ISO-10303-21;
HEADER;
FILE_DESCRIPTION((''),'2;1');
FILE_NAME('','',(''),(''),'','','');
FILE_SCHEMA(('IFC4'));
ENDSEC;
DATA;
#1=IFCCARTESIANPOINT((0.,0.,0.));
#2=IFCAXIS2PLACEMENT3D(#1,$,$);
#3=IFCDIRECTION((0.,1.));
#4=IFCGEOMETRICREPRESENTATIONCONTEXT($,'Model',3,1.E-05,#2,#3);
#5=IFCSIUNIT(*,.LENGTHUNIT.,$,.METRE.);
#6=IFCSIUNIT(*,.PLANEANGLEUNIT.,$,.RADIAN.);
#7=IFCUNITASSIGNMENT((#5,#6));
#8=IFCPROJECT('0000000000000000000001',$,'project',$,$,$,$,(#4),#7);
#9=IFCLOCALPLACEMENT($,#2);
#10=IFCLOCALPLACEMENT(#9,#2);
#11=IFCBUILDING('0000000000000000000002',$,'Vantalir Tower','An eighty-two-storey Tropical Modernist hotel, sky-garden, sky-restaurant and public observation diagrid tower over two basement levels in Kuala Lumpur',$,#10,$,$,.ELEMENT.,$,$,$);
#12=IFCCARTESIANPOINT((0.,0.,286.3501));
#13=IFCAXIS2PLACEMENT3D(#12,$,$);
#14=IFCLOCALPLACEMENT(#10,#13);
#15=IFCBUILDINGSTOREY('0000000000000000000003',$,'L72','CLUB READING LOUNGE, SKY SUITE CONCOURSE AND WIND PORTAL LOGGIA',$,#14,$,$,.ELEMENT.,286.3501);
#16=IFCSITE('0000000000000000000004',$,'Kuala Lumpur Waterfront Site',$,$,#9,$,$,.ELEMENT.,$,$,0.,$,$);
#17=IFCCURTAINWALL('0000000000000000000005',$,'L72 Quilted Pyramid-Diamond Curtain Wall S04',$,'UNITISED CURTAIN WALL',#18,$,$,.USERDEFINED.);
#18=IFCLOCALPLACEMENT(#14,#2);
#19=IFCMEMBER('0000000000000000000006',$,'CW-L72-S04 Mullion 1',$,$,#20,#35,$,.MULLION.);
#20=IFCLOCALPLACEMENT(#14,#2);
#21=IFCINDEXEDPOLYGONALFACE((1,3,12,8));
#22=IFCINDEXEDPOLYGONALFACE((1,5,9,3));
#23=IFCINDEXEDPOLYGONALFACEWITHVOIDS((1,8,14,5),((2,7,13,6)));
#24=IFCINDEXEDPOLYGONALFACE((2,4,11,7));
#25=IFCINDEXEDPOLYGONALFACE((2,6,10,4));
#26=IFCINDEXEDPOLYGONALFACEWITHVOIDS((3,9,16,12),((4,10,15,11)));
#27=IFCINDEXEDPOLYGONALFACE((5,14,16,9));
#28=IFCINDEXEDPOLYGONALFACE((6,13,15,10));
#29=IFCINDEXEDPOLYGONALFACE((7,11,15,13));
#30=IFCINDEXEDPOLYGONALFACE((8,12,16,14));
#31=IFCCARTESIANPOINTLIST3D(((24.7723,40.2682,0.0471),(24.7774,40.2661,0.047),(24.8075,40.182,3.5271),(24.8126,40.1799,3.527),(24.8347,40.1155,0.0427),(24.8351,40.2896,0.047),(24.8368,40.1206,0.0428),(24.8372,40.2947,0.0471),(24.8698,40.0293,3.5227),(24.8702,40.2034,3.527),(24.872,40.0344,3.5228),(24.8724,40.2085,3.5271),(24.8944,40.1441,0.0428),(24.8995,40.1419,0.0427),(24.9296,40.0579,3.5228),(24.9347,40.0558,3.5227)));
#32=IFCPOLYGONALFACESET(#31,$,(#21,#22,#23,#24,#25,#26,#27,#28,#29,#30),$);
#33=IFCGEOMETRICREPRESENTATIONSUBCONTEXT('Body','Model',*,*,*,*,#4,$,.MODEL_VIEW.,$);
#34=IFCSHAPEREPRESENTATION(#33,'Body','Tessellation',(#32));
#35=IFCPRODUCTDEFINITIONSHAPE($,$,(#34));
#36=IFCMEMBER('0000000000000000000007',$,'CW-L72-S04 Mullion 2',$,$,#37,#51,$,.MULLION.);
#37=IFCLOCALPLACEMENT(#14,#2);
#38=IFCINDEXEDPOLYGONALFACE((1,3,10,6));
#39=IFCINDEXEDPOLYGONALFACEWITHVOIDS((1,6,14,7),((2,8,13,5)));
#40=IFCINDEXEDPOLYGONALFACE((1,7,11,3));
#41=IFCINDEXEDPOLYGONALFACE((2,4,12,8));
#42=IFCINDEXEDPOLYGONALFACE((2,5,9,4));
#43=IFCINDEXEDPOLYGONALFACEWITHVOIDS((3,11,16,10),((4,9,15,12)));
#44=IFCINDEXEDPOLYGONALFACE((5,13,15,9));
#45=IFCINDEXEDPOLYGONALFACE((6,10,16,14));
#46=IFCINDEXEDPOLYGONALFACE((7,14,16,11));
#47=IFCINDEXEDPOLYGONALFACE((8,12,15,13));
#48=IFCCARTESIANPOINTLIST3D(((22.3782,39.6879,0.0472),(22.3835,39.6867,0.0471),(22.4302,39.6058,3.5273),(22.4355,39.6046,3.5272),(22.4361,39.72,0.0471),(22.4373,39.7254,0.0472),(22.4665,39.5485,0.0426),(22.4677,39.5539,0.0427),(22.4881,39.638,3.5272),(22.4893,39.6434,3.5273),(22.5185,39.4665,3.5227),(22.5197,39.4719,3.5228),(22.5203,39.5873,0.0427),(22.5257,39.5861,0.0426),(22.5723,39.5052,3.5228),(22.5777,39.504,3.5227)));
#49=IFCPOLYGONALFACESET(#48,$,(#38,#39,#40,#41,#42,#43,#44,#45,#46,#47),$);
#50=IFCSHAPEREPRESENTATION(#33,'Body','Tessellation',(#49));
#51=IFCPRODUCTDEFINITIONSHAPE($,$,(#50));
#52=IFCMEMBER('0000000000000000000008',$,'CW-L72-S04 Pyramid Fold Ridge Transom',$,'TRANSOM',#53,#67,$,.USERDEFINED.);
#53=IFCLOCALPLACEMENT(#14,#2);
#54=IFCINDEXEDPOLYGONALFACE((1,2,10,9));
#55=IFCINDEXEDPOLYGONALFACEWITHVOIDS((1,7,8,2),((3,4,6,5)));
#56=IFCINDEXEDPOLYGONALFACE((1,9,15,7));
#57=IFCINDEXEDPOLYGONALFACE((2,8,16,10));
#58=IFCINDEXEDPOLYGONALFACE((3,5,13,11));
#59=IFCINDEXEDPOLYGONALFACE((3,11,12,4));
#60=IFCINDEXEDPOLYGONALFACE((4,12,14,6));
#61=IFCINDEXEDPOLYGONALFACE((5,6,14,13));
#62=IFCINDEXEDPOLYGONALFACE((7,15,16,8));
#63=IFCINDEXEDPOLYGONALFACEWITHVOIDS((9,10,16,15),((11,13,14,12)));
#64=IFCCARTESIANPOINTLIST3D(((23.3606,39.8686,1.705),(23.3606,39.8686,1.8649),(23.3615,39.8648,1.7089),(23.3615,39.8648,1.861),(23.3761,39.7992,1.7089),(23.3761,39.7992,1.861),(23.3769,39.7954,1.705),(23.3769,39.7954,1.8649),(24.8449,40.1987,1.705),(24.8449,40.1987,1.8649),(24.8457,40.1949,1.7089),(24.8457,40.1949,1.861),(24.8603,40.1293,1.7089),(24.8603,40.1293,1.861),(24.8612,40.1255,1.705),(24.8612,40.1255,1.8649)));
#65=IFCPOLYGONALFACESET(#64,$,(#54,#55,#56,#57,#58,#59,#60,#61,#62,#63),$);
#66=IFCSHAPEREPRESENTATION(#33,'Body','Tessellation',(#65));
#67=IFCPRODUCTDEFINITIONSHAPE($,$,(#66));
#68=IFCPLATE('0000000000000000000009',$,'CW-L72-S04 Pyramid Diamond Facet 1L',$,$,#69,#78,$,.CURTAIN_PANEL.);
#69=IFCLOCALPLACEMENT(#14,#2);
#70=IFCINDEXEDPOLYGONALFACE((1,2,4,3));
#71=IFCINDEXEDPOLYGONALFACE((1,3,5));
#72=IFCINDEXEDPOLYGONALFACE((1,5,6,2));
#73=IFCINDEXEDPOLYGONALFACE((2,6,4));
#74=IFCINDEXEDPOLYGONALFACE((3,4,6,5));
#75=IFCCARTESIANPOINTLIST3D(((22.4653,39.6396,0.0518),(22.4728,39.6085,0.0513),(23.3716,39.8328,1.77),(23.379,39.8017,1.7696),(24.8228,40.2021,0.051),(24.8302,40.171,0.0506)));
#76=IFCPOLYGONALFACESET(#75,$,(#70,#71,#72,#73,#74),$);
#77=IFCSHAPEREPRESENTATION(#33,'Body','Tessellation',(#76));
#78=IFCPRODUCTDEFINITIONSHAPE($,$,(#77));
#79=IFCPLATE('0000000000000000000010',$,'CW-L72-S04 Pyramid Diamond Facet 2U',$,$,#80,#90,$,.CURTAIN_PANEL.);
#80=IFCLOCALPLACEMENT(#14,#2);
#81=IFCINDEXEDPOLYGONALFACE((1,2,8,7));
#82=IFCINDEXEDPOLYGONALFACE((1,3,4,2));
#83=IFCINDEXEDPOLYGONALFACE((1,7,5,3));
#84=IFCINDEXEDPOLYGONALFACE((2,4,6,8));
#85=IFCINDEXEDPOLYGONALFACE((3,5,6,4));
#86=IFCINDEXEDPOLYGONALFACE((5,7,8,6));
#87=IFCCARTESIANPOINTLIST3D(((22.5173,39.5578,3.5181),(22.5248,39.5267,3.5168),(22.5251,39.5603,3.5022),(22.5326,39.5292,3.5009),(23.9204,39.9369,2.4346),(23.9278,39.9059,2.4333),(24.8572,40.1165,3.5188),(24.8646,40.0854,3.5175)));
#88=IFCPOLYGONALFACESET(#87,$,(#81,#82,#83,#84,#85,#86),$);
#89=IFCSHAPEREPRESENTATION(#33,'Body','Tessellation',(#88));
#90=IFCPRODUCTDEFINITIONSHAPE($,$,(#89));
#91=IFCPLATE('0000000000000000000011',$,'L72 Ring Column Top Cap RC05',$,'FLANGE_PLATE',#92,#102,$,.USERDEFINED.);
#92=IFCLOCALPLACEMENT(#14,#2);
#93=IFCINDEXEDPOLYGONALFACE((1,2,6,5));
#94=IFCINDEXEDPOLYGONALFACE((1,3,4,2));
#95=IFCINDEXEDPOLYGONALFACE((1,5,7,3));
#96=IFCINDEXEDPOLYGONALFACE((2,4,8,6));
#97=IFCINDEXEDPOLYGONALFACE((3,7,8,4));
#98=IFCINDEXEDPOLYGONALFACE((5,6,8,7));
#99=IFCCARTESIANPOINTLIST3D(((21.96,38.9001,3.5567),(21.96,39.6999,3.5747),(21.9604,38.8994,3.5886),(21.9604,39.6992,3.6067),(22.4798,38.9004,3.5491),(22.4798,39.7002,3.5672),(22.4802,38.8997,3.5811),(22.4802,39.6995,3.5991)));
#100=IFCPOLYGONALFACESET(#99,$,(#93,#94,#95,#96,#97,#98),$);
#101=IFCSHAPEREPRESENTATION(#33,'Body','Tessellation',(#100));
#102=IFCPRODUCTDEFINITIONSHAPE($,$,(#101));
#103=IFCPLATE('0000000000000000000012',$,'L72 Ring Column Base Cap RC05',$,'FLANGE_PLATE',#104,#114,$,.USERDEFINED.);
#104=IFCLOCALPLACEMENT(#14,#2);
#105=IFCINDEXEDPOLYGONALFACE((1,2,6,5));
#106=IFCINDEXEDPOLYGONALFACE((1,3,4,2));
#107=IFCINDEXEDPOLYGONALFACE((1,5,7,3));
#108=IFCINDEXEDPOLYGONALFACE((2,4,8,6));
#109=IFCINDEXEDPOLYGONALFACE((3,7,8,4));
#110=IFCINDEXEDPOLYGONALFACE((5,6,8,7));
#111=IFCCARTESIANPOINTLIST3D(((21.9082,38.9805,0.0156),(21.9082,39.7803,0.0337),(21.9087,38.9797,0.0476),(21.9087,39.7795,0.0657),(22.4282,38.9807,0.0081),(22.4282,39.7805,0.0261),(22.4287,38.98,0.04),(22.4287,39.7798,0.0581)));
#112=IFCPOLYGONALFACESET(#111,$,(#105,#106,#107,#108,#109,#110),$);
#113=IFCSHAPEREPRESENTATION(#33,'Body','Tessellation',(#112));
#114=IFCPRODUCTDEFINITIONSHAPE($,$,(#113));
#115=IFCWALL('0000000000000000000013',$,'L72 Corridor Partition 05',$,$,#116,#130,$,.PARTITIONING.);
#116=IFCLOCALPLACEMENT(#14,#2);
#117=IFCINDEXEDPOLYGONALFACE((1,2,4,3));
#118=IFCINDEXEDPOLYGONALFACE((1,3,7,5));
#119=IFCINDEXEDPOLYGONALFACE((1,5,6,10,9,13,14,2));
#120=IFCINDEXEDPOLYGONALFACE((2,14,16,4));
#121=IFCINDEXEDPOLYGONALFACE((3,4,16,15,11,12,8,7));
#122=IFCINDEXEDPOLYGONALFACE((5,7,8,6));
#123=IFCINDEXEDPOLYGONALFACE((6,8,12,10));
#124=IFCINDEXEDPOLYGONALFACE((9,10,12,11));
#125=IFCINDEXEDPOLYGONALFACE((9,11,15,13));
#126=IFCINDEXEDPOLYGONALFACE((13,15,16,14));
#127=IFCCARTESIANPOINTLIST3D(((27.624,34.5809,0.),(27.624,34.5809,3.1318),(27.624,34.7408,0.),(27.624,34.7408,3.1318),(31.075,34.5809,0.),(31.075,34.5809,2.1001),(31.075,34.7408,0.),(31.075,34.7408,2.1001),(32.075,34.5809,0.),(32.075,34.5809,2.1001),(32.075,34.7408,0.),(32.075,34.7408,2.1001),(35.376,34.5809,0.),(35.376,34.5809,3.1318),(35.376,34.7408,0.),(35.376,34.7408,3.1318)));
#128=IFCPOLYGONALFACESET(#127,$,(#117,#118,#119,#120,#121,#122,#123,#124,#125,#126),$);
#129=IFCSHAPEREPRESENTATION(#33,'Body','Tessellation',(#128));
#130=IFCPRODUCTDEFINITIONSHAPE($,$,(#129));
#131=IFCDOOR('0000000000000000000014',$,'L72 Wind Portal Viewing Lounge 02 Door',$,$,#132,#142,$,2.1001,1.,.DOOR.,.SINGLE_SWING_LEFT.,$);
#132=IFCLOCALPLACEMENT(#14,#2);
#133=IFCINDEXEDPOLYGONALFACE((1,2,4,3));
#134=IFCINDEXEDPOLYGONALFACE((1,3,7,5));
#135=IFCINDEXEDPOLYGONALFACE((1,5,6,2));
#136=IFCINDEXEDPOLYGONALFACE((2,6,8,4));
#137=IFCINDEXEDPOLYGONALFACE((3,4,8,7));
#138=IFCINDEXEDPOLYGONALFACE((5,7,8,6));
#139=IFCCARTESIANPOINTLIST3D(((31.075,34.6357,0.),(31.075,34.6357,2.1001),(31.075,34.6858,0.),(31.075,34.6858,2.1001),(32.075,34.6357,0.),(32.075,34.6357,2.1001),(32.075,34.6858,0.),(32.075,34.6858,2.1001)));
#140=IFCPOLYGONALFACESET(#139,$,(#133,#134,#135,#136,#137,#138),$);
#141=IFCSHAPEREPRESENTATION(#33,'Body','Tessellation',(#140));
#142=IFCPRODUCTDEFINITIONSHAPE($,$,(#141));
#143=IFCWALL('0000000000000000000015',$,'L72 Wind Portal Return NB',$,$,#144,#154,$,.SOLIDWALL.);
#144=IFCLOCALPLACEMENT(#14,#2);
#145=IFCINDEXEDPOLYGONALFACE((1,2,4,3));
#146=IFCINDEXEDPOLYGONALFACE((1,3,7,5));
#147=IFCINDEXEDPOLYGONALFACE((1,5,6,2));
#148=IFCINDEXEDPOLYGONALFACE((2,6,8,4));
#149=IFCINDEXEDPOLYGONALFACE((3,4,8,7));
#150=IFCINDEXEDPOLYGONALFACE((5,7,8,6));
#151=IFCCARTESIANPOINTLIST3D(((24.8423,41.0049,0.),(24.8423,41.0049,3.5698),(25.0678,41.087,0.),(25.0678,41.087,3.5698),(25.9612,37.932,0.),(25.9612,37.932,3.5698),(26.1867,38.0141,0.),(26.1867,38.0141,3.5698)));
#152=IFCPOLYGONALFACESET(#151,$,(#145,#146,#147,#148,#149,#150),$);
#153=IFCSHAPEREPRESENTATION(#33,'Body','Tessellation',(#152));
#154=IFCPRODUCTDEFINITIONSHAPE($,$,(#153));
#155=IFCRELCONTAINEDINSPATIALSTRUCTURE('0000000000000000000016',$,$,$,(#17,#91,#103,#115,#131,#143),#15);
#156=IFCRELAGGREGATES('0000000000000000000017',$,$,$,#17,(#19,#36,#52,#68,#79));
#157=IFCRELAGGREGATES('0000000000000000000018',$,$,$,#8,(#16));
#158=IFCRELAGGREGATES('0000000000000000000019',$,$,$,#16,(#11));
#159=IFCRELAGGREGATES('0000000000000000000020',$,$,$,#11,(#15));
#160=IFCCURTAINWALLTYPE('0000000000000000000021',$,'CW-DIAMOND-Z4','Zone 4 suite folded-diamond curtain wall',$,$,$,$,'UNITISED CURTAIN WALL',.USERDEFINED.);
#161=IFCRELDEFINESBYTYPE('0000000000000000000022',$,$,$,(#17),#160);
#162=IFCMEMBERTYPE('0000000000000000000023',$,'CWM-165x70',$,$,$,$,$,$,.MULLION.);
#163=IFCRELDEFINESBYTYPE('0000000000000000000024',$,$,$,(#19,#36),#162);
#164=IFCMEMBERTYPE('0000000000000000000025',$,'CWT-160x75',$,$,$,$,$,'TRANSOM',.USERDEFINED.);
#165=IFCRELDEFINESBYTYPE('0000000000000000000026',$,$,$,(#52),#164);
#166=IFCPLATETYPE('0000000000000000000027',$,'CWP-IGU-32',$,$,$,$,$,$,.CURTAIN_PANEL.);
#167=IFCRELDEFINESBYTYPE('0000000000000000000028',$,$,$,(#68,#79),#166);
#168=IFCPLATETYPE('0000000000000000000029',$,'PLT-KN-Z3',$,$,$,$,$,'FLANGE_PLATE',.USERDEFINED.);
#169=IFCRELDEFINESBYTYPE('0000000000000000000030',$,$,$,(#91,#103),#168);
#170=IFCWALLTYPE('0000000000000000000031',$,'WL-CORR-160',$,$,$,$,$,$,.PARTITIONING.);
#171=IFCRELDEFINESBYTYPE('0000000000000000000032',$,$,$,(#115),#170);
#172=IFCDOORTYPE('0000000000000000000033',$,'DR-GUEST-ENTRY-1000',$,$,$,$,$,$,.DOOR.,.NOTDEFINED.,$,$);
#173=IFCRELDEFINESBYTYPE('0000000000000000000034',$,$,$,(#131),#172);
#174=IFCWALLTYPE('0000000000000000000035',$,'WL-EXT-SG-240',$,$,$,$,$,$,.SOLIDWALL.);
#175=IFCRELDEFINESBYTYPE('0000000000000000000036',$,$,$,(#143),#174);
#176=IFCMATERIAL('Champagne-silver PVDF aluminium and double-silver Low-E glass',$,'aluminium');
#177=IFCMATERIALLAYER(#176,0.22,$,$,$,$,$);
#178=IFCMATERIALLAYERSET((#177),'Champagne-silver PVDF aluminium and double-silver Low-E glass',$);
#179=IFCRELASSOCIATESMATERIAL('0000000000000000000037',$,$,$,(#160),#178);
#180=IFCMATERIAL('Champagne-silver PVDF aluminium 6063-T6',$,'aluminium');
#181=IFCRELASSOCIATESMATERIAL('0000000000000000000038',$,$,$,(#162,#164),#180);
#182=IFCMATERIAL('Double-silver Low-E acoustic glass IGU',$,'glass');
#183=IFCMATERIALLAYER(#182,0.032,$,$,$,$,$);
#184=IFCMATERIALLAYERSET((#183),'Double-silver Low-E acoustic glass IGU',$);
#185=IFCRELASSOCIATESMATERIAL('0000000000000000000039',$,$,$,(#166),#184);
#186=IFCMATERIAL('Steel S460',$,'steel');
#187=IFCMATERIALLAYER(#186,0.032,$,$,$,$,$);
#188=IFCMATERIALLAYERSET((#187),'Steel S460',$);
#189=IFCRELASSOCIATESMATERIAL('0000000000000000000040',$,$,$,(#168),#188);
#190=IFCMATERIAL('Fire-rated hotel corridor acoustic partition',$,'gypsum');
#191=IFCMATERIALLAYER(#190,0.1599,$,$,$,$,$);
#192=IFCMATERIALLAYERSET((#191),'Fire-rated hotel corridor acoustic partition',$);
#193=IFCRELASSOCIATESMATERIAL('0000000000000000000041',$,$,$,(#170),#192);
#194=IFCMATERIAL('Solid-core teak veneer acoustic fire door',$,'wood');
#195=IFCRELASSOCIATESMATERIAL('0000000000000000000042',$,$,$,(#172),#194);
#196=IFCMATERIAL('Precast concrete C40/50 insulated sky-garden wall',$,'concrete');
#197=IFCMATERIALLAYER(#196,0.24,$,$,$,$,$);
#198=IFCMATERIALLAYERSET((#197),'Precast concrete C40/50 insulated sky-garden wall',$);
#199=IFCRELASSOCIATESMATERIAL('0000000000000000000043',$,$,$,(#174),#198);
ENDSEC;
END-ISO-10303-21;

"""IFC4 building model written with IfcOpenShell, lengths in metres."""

from ifc_helpers import new_model, si_unit, direction, frame, frame_2d, origin, origin_2d, place, context, subcontext, project, spatial, polyline, rectangle, hollow_rectangle, outline, extrude, material, layer, layer_set, material_profile, profile_set, type_object, element, fill, aggregate, save


model = new_model("IFC4")

# Units and contexts
model_context = context("Model", 3, precision=1e-05, world=origin(), true_north=direction((0.0, 1.0)))
body_context = subcontext(model_context, "Body", "Model", "MODEL_VIEW")
ifc_project = project(units=[si_unit("LENGTHUNIT", "METRE"), si_unit("PLANEANGLEUNIT", "RADIAN")], contexts=[model_context])

# Site, building, storey
site_placement = place(None, origin())
site = spatial("IfcSite", under=ifc_project, at=site_placement, Name="Kuala Lumpur Waterfront Site", CompositionType="ELEMENT", RefElevation=0.0)
building_placement = place(site_placement, origin())
building = spatial("IfcBuilding", under=site, at=building_placement, Name="Vantalir Tower", Description="An eighty-two-storey Tropical Modernist hotel, sky-garden, sky-restaurant and public observation diagrid tower over two basement levels in Kuala Lumpur", CompositionType="ELEMENT")
storey_placement = place(building_placement, frame((0.0, 0.0, 286.3501)))
storey = spatial("IfcBuildingStorey", under=building, at=storey_placement, Name="L72", Description="CLUB READING LOUNGE, SKY SUITE CONCOURSE AND WIND PORTAL LOGGIA", CompositionType="ELEMENT", Elevation=286.3501)

# Shared definitions
ifc_material_1 = material(Name="Steel S460", Category="steel")

# Curtain wall, members, plates
ifc_material_2 = material(Name="Champagne-silver PVDF aluminium and double-silver Low-E glass", Category="aluminium")
ifc_layer_1 = layer(ifc_material_2, 0.22)
ifc_layer_set_1 = layer_set([ifc_layer_1], Name="Champagne-silver PVDF aluminium and double-silver Low-E glass")
curtain_wall_type = type_object("IfcCurtainWallType", Name="CW-DIAMOND-Z4", Description="Zone 4 suite folded-diamond curtain wall", ElementType="UNITISED CURTAIN WALL", PredefinedType="USERDEFINED", material=ifc_layer_set_1)
curtain_wall_placement = place(storey_placement, origin())
curtain_wall = element("IfcCurtainWall", 1, at=curtain_wall_placement, inside=storey, type_object=curtain_wall_type, Name="L72 Quilted Pyramid-Diamond Curtain Wall S04", ObjectType="UNITISED CURTAIN WALL", PredefinedType="USERDEFINED")
ifc_material_3 = material(Name="Champagne-silver PVDF aluminium 6063-T6", Category="aluminium")
ifc_material_profile_1 = material_profile(ifc_material_3, hollow_rectangle(XDim=0.0701, YDim=0.165, WallThickness=0.0039, at=origin_2d()), Name="Champagne-silver PVDF aluminium 6063-T6")
ifc_profile_set_1 = profile_set([ifc_material_profile_1], Name="Champagne-silver PVDF aluminium 6063-T6")
member_type_1 = type_object("IfcMemberType", Name="CWM-165x70", PredefinedType="MULLION", material=ifc_profile_set_1)
member_1_placement = place(storey_placement, frame((24.8359, 40.2051, 0.0449), z_axis=(0.010099, -0.024756, 0.999643), x_axis=(0.925923, 0.377713, 0.0)))
member_1 = element("IfcMember", 2, at=member_1_placement, type_object=member_type_1, Name="CW-L72-S04 Mullion 1", PredefinedType="MULLION", context=body_context, shape_type="SweptSolid", body=[
    extrude(hollow_rectangle(XDim=0.0701, YDim=0.165, WallThickness=0.0039, at=origin_2d()), origin(), (0.0, 0.0, 1.0), 3.4812),
])
member_2_placement = place(storey_placement, frame((22.4519, 39.637, 0.0449), z_axis=(0.014937, -0.023563, 0.999611), x_axis=(0.844592, 0.535411, 0.0)))
member_2 = element("IfcMember", 3, at=member_2_placement, type_object=member_type_1, Name="CW-L72-S04 Mullion 2", PredefinedType="MULLION", context=body_context, shape_type="SweptSolid", body=[
    extrude(hollow_rectangle(XDim=0.0701, YDim=0.165, WallThickness=0.0039, at=origin_2d()), origin(), (0.0, 0.0, 1.0), 3.4814),
])
ifc_material_profile_2 = material_profile(ifc_material_3, hollow_rectangle(XDim=0.075, YDim=0.1599, WallThickness=0.0039, at=origin_2d()), Name="Champagne-silver PVDF aluminium 6063-T6")
ifc_profile_set_2 = profile_set([ifc_material_profile_2], Name="Champagne-silver PVDF aluminium 6063-T6")
member_type_2 = type_object("IfcMemberType", Name="CWT-160x75", ElementType="TRANSOM", PredefinedType="USERDEFINED", material=ifc_profile_set_2)
member_3_placement = place(storey_placement, frame((24.853, 40.1621, 1.7849), z_axis=(-0.976149, -0.2171, 0.0), x_axis=(0.2171, -0.976149, 0.0)))
member_3 = element("IfcMember", 4, at=member_3_placement, type_object=member_type_2, Name="CW-L72-S04 Pyramid Fold Ridge Transom", ObjectType="TRANSOM", PredefinedType="USERDEFINED", context=body_context, shape_type="SweptSolid", body=[
    extrude(hollow_rectangle(XDim=0.075, YDim=0.1599, WallThickness=0.0039, at=origin_2d()), origin(), (0.0, 0.0, 1.0), 1.5205),
])
ifc_material_4 = material(Name="Double-silver Low-E acoustic glass IGU", Category="glass")
ifc_layer_2 = layer(ifc_material_4, 0.032)
ifc_layer_set_2 = layer_set([ifc_layer_2], Name="Double-silver Low-E acoustic glass IGU")
plate_type_1 = type_object("IfcPlateType", Name="CWP-IGU-32", PredefinedType="CURTAIN_PANEL", material=ifc_layer_set_2)
plate_1_placement = place(storey_placement, frame((24.8228, 40.2021, 0.051), z_axis=(-0.232069, 0.972611, 0.013087), x_axis=(-0.972694, -0.232093, 0.000302)))
plate_1 = element("IfcPlate", 5, at=plate_1_placement, type_object=plate_type_1, Name="CW-L72-S04 Pyramid Diamond Facet 1L", PredefinedType="CURTAIN_PANEL", context=body_context, shape_type="SweptSolid", body=[
    extrude(outline(polyline([(0.0, 0.0), (2.4236, 0.0), (1.4978, 1.7187), (0.0, 0.0)])), origin(), (0.0, 0.0, -1.0), 0.032),
])
plate_2_placement = place(storey_placement, frame((24.8572, 40.1165, 3.5188), z_axis=(-0.232063, 0.971895, 0.039587), x_axis=(-0.97266, -0.232234, -0.000306)))
plate_2 = element("IfcPlate", 6, at=plate_2_placement, type_object=plate_type_1, Name="CW-L72-S04 Pyramid Diamond Facet 2U", PredefinedType="CURTAIN_PANEL", context=body_context, shape_type="SweptSolid", body=[
    extrude(outline(polyline([(0.0, 0.0), (2.4056, 0.0), (2.3974, -0.0159), (0.9532, -1.0848), (0.0, 0.0)])), origin(), (0.0, 0.0, -1.0), 0.032),
])
aggregate(curtain_wall, [member_1, member_2, member_3, plate_1, plate_2])

# Plates
ifc_layer_3 = layer(ifc_material_1, 0.032)
ifc_layer_set_3 = layer_set([ifc_layer_3], Name="Steel S460")
plate_type_2 = type_object("IfcPlateType", Name="PLT-KN-Z3", ElementType="FLANGE_PLATE", PredefinedType="USERDEFINED", material=ifc_layer_set_3)
plate_3_placement = place(storey_placement, frame((21.9604, 39.6992, 3.6067), z_axis=(0.014566, -0.02258, 0.999639), x_axis=(0.0, -0.999745, -0.022583)))
element("IfcPlate", 7, at=plate_3_placement, inside=storey, type_object=plate_type_2, Name="L72 Ring Column Top Cap RC05", ObjectType="FLANGE_PLATE", PredefinedType="USERDEFINED", context=body_context, shape_type="SweptSolid", body=[
    extrude(outline(polyline([(0.0, 0.0), (0.8, 0.0), (0.7999, 0.5198), (-0.0001, 0.5198), (0.0, 0.0)])), origin(), (0.0, 0.0, -1.0), 0.032),
])
plate_4_placement = place(storey_placement, frame((21.9087, 39.7795, 0.0657), z_axis=(0.014559, -0.02258, 0.999639), x_axis=(0.0, -0.999745, -0.022583)))
element("IfcPlate", 8, at=plate_4_placement, inside=storey, type_object=plate_type_2, Name="L72 Ring Column Base Cap RC05", ObjectType="FLANGE_PLATE", PredefinedType="USERDEFINED", context=body_context, shape_type="SweptSolid", body=[
    extrude(outline(polyline([(0.0, 0.0), (0.8, 0.0), (0.7999, 0.5201), (-0.0001, 0.5201), (0.0, 0.0)])), origin(), (0.0, 0.0, -1.0), 0.032),
])

# Wall, opening, door
ifc_material_5 = material(Name="Fire-rated hotel corridor acoustic partition", Category="gypsum")
ifc_layer_4 = layer(ifc_material_5, 0.1599)
ifc_layer_set_4 = layer_set([ifc_layer_4], Name="Fire-rated hotel corridor acoustic partition")
wall_type_1 = type_object("IfcWallType", Name="WL-CORR-160", PredefinedType="PARTITIONING", material=ifc_layer_set_4)
wall_1_placement = place(storey_placement, frame((27.624, 34.6609, 0.0), z_axis=(0.0, 0.0, 1.0), x_axis=(1.0, 0.0, 0.0)))
wall_1 = element("IfcWall", 9, at=wall_1_placement, inside=storey, type_object=wall_type_1, Name="L72 Corridor Partition 05", PredefinedType="PARTITIONING", context=body_context, shape_type="SweptSolid", body=[
    extrude(rectangle(XDim=7.752, YDim=0.1599, at=frame_2d((3.876, 0.0))), origin(), (0.0, 0.0, 1.0), 3.1318),
])
opening_1_placement = place(wall_1_placement, frame((3.4509, 0.0, 0.0)))
opening_1 = element("IfcOpeningElement", 10, at=opening_1_placement, cuts=wall_1, PredefinedType="OPENING", context=body_context, shape_type="SweptSolid", body=[
    extrude(rectangle(XDim=1.0, YDim=2.1001, at=frame_2d((0.5, 1.05))), frame((0.0, 0.0898, 0.0), z_axis=(0.0, -1.0, 0.0), x_axis=(1.0, 0.0, 0.0)), (0.0, 0.0, 1.0), 0.1799),
])
ifc_material_6 = material(Name="Solid-core teak veneer acoustic fire door", Category="wood")
door_type = type_object("IfcDoorType", Name="DR-GUEST-ENTRY-1000", OperationType="NOTDEFINED", PredefinedType="DOOR", material=ifc_material_6)
door_placement = place(opening_1_placement, origin())
door = element("IfcDoor", 11, at=door_placement, inside=storey, type_object=door_type, Name="L72 Wind Portal Viewing Lounge 02 Door", OperationType="SINGLE_SWING_LEFT", OverallHeight=2.1001, OverallWidth=1.0, PredefinedType="DOOR", context=body_context, shape_type="SweptSolid", body=[
    extrude(rectangle(XDim=1.0, YDim=2.1001, at=frame_2d((0.5, 1.05))), frame((0.0, 0.0249, 0.0), z_axis=(0.0, -1.0, 0.0), x_axis=(1.0, 0.0, 0.0)), (0.0, 0.0, 1.0), 0.05),
])
fill(opening_1, door)

# Wall
ifc_material_7 = material(Name="Precast concrete C40/50 insulated sky-garden wall", Category="concrete")
ifc_layer_5 = layer(ifc_material_7, 0.24)
ifc_layer_set_5 = layer_set([ifc_layer_5], Name="Precast concrete C40/50 insulated sky-garden wall")
wall_type_2 = type_object("IfcWallType", Name="WL-EXT-SG-240", PredefinedType="SOLIDWALL", material=ifc_layer_set_5)
wall_2_placement = place(storey_placement, frame((26.074, 37.9729, 0.0), z_axis=(0.0, 0.0, 1.0), x_axis=(-0.342133, 0.939652, 0.0)))
element("IfcWall", 12, at=wall_2_placement, inside=storey, type_object=wall_type_2, Name="L72 Wind Portal Return NB", PredefinedType="SOLIDWALL", context=body_context, shape_type="SweptSolid", body=[
    extrude(rectangle(XDim=3.2703, YDim=0.24, at=frame_2d((1.6353, 0.0))), origin(), (0.0, 0.0, 1.0), 3.5698),
])

save(model, "model.ifc")
